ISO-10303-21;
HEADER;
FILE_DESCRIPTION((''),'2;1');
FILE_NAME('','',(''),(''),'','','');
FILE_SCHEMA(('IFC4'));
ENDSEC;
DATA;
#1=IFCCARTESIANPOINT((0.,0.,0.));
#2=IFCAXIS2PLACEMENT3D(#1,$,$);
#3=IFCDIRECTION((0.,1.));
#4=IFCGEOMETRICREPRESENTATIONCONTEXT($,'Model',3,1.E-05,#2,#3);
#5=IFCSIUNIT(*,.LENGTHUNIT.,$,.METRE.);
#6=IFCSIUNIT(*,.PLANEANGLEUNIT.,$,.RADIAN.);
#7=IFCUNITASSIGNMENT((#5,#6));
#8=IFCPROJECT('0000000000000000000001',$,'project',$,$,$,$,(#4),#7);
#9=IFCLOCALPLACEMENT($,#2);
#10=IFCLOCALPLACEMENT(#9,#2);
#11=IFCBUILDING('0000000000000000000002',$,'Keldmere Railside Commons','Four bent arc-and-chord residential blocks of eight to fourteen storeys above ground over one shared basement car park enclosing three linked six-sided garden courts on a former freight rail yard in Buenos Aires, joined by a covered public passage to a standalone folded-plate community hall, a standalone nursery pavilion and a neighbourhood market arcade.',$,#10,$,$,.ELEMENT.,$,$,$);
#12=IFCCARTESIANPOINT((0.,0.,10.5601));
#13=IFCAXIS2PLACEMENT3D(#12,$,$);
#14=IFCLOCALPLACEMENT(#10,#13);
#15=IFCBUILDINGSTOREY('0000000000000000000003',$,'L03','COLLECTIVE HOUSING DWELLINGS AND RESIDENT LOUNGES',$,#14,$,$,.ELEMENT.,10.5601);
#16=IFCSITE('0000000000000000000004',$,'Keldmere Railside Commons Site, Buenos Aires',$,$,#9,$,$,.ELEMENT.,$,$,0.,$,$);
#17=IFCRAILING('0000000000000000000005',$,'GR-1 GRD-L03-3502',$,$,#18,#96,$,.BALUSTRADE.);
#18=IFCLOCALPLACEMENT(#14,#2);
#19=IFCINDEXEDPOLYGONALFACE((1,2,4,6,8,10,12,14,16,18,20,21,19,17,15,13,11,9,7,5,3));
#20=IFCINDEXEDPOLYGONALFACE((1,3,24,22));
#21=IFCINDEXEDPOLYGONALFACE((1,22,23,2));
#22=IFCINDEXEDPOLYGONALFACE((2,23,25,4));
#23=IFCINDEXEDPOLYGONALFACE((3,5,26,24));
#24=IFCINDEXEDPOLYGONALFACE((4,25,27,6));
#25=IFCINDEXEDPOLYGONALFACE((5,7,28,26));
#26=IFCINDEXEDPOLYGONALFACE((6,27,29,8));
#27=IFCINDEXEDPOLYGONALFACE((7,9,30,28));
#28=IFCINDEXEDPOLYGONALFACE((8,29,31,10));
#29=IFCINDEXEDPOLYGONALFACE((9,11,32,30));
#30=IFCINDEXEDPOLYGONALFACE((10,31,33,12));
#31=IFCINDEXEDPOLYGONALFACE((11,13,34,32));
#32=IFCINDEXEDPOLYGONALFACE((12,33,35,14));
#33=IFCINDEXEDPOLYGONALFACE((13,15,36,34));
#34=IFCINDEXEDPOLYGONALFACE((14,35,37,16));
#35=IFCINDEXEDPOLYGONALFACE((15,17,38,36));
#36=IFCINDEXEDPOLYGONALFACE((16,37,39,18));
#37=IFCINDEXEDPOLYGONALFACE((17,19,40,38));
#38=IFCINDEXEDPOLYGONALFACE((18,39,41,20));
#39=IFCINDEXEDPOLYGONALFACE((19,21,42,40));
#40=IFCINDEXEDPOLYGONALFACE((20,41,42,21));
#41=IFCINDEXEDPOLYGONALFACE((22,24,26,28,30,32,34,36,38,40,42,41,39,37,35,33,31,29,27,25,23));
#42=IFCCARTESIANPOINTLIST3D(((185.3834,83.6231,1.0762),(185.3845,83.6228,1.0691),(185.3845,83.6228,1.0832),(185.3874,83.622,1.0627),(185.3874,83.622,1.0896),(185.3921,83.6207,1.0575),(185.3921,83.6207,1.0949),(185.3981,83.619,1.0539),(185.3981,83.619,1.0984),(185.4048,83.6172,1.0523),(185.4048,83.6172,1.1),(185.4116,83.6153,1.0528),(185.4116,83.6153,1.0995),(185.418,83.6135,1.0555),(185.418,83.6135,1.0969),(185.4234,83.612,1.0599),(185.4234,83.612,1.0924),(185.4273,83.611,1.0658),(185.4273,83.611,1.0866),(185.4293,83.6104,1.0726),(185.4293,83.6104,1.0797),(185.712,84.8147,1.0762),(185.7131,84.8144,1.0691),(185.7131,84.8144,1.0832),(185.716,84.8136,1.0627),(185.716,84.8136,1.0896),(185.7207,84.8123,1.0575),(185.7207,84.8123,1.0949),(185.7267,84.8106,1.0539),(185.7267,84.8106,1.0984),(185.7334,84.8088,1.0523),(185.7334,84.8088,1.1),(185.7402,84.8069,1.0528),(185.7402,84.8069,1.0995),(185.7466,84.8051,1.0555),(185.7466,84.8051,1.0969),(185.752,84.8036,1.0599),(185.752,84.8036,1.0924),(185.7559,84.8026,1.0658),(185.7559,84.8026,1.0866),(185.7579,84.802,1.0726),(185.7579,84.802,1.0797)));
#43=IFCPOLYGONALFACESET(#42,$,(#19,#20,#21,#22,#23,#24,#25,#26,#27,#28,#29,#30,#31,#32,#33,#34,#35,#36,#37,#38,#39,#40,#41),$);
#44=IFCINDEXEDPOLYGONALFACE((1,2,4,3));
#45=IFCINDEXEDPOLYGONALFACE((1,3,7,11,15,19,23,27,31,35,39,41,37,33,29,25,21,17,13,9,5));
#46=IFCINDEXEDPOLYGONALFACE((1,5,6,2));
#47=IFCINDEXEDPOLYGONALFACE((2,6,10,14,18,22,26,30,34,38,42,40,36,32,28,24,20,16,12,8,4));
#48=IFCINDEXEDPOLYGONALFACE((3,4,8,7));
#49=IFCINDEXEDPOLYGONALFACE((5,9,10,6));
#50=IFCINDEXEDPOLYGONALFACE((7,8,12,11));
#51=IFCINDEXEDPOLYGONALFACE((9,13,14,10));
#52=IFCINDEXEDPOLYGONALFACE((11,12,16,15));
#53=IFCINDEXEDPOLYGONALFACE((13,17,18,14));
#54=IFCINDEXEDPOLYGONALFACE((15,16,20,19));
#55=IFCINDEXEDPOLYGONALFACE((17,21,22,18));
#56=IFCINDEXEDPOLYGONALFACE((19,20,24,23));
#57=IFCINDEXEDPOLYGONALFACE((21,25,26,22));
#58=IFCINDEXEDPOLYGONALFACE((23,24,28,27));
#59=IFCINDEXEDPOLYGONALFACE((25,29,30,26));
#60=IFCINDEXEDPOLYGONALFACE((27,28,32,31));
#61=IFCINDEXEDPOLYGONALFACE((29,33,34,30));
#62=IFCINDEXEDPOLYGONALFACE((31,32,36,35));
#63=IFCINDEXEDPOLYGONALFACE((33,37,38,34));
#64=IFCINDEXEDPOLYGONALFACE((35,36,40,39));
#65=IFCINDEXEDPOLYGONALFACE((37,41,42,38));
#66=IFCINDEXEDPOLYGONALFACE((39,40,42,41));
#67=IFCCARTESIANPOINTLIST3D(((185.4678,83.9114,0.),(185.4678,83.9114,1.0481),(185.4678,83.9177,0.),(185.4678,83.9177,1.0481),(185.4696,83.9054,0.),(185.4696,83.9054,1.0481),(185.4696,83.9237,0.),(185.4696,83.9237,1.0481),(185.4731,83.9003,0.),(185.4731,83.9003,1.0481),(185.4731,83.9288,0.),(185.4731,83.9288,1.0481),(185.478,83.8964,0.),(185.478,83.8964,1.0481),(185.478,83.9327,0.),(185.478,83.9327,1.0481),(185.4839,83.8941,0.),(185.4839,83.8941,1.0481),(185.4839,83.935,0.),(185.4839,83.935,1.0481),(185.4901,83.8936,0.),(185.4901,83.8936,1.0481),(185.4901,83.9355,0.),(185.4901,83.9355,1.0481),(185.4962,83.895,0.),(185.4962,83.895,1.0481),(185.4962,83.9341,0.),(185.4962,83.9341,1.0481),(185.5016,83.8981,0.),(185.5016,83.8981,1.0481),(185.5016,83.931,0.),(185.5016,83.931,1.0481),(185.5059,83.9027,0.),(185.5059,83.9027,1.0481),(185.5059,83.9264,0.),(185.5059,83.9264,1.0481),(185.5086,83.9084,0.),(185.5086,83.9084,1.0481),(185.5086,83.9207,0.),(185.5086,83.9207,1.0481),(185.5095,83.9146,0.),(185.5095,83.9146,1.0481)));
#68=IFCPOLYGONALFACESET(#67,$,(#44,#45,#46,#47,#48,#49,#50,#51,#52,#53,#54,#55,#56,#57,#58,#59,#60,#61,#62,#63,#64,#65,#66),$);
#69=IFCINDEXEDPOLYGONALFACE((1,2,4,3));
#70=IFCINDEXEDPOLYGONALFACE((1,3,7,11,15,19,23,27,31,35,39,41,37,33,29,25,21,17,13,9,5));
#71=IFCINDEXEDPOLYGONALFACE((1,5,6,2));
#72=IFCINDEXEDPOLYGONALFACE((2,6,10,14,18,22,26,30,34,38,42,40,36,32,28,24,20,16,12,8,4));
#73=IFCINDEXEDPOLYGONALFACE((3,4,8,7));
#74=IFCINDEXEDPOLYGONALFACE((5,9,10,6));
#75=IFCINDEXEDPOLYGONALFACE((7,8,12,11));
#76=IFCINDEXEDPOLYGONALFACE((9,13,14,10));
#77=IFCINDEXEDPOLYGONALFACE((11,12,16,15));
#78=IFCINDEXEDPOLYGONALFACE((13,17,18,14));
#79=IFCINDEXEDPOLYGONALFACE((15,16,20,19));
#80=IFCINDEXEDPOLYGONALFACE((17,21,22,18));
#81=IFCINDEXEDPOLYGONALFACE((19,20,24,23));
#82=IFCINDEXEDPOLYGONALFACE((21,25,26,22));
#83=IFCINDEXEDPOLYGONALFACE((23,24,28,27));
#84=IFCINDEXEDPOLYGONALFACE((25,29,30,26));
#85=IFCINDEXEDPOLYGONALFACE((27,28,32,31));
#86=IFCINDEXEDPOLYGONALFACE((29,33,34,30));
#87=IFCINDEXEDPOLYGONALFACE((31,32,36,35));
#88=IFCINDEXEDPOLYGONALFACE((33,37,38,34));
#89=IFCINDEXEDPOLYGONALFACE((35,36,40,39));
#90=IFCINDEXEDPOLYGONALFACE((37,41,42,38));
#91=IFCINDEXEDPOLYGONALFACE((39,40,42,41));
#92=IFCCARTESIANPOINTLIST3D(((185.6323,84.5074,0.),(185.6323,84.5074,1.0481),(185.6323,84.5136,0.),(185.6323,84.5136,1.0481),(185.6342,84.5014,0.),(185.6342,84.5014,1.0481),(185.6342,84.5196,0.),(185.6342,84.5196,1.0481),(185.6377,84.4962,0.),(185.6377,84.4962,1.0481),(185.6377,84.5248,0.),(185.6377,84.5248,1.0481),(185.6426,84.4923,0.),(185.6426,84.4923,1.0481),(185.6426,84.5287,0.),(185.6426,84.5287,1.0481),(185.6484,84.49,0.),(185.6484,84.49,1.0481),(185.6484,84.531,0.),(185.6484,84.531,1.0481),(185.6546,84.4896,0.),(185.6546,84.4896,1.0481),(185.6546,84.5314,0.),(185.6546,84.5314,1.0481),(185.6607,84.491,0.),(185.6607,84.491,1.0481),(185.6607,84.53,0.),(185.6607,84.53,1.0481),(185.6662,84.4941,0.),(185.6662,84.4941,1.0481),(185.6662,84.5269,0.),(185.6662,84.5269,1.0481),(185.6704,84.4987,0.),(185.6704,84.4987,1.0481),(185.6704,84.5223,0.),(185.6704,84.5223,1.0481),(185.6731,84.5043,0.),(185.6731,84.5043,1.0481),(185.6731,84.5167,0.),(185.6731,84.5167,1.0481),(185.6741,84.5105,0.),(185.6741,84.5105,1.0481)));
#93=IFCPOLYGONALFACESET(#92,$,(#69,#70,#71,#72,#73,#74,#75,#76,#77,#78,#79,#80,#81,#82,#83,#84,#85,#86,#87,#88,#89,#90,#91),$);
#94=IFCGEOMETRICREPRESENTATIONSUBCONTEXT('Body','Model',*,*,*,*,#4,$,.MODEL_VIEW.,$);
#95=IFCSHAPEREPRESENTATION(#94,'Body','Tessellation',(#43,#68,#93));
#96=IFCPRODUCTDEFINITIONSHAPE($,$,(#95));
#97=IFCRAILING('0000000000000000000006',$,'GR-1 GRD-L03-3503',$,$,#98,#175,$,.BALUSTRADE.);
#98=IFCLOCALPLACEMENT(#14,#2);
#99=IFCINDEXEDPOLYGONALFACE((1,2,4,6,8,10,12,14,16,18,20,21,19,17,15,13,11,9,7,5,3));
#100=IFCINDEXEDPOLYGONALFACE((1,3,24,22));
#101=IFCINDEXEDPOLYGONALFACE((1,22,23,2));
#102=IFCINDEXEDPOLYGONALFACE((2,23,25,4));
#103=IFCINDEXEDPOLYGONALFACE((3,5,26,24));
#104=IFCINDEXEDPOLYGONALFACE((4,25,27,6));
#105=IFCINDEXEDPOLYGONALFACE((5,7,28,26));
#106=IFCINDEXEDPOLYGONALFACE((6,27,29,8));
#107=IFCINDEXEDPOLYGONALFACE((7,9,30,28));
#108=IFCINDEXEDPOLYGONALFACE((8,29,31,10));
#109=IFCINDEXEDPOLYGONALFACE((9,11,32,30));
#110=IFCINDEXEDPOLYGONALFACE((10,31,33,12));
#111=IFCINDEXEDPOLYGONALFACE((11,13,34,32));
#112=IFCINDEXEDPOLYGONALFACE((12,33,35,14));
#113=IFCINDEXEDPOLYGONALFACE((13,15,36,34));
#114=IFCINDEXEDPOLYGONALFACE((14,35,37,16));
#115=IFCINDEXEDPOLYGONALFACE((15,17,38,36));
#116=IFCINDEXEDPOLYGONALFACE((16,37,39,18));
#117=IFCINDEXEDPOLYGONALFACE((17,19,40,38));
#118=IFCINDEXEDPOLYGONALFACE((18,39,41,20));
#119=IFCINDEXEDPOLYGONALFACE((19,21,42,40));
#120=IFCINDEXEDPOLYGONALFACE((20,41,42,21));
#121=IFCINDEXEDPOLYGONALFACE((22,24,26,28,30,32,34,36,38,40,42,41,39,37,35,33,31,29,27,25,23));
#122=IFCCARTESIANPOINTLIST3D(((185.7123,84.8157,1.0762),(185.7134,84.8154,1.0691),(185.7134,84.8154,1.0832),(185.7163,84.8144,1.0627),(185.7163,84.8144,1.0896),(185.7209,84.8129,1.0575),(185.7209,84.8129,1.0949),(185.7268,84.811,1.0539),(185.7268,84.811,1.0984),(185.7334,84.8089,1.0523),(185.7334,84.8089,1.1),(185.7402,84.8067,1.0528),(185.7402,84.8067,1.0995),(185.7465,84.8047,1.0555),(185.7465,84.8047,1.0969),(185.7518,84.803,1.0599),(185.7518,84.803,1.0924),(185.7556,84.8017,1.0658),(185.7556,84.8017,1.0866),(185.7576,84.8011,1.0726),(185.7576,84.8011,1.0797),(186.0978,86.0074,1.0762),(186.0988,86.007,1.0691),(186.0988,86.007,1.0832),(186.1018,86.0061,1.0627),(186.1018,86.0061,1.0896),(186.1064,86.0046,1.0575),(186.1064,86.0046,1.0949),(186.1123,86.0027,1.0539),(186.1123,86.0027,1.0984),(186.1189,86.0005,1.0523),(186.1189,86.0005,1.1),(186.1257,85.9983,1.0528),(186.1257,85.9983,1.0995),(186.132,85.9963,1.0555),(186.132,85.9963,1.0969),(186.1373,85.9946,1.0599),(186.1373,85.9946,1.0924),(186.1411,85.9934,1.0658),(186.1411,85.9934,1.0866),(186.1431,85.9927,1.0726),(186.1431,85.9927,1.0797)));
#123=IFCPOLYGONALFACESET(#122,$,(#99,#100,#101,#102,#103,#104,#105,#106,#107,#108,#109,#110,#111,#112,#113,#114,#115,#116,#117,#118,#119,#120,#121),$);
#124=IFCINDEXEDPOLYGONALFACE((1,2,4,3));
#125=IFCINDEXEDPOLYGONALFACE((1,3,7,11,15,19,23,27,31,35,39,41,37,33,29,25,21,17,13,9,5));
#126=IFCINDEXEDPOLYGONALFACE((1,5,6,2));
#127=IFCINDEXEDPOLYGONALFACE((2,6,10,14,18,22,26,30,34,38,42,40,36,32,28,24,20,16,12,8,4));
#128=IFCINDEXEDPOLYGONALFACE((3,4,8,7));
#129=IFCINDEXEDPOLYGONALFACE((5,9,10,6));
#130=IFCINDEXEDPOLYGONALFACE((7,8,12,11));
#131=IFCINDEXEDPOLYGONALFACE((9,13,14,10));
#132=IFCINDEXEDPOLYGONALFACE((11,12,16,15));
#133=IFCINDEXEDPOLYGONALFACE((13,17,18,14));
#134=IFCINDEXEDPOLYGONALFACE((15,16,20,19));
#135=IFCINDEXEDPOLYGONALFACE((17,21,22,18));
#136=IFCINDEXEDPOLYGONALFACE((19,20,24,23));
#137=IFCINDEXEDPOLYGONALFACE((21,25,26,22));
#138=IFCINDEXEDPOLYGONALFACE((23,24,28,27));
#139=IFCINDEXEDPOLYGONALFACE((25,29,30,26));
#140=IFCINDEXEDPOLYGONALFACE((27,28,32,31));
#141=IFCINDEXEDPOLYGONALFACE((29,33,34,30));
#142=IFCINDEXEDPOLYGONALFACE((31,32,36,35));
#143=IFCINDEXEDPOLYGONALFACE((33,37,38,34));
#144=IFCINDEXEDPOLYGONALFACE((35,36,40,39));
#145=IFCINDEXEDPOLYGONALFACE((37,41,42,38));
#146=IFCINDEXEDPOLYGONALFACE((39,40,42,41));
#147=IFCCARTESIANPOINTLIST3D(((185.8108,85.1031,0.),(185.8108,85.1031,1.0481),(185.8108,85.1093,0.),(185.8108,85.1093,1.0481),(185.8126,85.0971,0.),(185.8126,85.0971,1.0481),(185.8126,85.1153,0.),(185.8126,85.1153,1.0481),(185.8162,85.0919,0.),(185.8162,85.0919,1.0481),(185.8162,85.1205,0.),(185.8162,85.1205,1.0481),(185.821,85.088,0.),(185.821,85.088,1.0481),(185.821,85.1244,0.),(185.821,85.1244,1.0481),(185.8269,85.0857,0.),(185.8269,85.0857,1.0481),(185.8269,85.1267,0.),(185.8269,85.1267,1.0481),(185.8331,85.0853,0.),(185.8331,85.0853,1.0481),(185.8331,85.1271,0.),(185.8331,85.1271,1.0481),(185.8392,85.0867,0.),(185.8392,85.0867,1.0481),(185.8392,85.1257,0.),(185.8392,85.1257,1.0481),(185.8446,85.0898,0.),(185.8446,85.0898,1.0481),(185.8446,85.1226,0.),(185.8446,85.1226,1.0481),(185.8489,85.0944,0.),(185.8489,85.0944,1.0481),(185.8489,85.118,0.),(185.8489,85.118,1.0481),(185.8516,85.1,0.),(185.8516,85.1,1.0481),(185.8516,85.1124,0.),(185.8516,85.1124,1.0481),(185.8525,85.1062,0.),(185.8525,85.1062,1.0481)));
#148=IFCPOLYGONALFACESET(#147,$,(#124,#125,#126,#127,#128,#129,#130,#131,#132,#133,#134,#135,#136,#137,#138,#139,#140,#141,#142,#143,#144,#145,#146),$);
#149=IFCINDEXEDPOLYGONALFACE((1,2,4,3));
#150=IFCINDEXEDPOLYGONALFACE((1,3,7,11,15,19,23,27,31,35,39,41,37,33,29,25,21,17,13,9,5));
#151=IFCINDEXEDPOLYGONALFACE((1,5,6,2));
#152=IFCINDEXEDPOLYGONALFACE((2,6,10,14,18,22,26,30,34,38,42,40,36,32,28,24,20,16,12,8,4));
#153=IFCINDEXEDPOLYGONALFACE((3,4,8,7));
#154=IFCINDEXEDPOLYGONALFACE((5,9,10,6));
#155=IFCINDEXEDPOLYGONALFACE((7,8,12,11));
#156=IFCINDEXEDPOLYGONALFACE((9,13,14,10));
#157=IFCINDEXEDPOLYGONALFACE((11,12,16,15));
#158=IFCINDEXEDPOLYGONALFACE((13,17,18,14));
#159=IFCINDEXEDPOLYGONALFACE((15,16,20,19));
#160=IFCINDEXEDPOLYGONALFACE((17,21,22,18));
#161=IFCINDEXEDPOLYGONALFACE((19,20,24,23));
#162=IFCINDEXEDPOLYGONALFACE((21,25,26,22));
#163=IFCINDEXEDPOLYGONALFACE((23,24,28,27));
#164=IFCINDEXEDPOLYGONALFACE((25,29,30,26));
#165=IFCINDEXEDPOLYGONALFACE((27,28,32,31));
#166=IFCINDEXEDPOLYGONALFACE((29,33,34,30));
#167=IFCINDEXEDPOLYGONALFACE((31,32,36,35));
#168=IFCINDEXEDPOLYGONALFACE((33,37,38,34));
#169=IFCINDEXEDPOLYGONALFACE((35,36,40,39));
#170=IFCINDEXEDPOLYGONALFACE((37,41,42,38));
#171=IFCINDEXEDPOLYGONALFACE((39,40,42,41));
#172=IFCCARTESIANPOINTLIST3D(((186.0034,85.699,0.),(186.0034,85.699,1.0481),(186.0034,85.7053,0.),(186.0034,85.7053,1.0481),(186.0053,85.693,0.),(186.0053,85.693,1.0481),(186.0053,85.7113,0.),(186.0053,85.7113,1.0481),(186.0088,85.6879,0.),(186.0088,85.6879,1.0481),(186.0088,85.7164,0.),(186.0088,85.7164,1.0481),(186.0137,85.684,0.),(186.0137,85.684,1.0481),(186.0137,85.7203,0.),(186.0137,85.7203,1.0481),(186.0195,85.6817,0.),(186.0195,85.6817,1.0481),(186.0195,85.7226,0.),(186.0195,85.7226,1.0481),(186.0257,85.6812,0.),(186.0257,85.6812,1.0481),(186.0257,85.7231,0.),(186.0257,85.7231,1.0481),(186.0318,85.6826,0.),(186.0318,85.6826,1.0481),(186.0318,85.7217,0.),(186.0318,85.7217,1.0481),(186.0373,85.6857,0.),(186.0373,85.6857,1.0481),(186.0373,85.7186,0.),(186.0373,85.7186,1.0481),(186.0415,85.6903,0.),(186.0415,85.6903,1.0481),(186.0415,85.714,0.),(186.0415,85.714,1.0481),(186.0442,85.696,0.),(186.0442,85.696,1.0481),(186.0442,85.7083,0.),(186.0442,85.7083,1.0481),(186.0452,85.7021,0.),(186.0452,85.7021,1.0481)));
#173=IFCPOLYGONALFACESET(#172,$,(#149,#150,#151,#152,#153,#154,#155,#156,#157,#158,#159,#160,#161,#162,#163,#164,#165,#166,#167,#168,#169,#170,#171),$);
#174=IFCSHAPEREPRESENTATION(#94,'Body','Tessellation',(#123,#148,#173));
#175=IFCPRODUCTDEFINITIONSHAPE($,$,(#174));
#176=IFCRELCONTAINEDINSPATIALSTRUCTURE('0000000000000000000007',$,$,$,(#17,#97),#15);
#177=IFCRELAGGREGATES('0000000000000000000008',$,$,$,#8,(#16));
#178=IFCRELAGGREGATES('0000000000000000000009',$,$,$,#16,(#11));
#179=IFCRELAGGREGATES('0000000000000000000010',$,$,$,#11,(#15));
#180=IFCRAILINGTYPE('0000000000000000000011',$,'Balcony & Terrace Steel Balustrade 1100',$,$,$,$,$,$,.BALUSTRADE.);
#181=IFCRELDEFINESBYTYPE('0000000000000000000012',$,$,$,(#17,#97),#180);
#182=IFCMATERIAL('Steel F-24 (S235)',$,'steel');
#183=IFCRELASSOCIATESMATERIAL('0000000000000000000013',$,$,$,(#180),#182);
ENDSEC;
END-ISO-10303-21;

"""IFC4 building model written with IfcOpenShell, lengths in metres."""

from ifc_helpers import new_model, si_unit, direction, frame, origin, origin_2d, place, context, subcontext, project, spatial, circle, extrude, material, type_object, element, save


model = new_model("IFC4")

# Units and contexts
model_context = context("Model", 3, precision=1e-05, world=origin(), true_north=direction((0.0, 1.0)))
body_context = subcontext(model_context, "Body", "Model", "MODEL_VIEW")
ifc_project = project(units=[si_unit("LENGTHUNIT", "METRE"), si_unit("PLANEANGLEUNIT", "RADIAN")], contexts=[model_context])

# Site, building, storey
site_placement = place(None, origin())
site = spatial("IfcSite", under=ifc_project, at=site_placement, Name="Keldmere Railside Commons Site, Buenos Aires", CompositionType="ELEMENT", RefElevation=0.0)
building_placement = place(site_placement, origin())
building = spatial("IfcBuilding", under=site, at=building_placement, Name="Keldmere Railside Commons", Description="Four bent arc-and-chord residential blocks of eight to fourteen storeys above ground over one shared basement car park enclosing three linked six-sided garden courts on a former freight rail yard in Buenos Aires, joined by a covered public passage to a standalone folded-plate community hall, a standalone nursery pavilion and a neighbourhood market arcade.", CompositionType="ELEMENT")
storey_placement = place(building_placement, frame((0.0, 0.0, 10.5601)))
storey = spatial("IfcBuildingStorey", under=building, at=storey_placement, Name="L03", Description="COLLECTIVE HOUSING DWELLINGS AND RESIDENT LOUNGES", CompositionType="ELEMENT", Elevation=10.5601)

# Railings
ifc_material_1 = material(Name="Steel F-24 (S235)", Category="steel")
railing_type = type_object("IfcRailingType", Name="Balcony & Terrace Steel Balustrade 1100", PredefinedType="BALUSTRADE", material=ifc_material_1)
railing_1_placement = place(storey_placement, frame((185.4065, 83.6167, 0.0)))
element("IfcRailing", 1, at=railing_1_placement, inside=storey, type_object=railing_type, Name="GR-1 GRD-L03-3502", PredefinedType="BALUSTRADE", context=body_context, shape_type="SweptSolid", body=[
    extrude(circle(Radius=0.0239, at=origin_2d()), frame((0.0, 0.0, 1.0762), z_axis=(0.26584, 0.964017, 0.0), x_axis=(-0.964017, 0.26584, 0.0)), (0.0, 0.0, 1.0), 1.2361),
    extrude(circle(Radius=0.021, at=origin_2d()), frame((0.082, 0.2979, 0.0)), (0.0, 0.0, 1.0), 1.0481),
    extrude(circle(Radius=0.021, at=origin_2d()), frame((0.2466, 0.8938, 0.0)), (0.0, 0.0, 1.0), 1.0481),
])
railing_2_placement = place(storey_placement, frame((185.7351, 84.8083, 0.0)))
element("IfcRailing", 2, at=railing_2_placement, inside=storey, type_object=railing_type, Name="GR-1 GRD-L03-3503", PredefinedType="BALUSTRADE", context=body_context, shape_type="SweptSolid", body=[
    extrude(circle(Radius=0.0239, at=origin_2d()), frame((0.0, 0.0, 1.0762), z_axis=(0.307794, 0.951453, 0.0), x_axis=(-0.951453, 0.307794, 0.0)), (0.0, 0.0, 1.0), 1.2524),
    extrude(circle(Radius=0.021, at=origin_2d()), frame((0.0964, 0.2979, 0.0)), (0.0, 0.0, 1.0), 1.0481),
    extrude(circle(Radius=0.021, at=origin_2d()), frame((0.2891, 0.8938, 0.0)), (0.0, 0.0, 1.0), 1.0481),
])

save(model, "model.ifc")
